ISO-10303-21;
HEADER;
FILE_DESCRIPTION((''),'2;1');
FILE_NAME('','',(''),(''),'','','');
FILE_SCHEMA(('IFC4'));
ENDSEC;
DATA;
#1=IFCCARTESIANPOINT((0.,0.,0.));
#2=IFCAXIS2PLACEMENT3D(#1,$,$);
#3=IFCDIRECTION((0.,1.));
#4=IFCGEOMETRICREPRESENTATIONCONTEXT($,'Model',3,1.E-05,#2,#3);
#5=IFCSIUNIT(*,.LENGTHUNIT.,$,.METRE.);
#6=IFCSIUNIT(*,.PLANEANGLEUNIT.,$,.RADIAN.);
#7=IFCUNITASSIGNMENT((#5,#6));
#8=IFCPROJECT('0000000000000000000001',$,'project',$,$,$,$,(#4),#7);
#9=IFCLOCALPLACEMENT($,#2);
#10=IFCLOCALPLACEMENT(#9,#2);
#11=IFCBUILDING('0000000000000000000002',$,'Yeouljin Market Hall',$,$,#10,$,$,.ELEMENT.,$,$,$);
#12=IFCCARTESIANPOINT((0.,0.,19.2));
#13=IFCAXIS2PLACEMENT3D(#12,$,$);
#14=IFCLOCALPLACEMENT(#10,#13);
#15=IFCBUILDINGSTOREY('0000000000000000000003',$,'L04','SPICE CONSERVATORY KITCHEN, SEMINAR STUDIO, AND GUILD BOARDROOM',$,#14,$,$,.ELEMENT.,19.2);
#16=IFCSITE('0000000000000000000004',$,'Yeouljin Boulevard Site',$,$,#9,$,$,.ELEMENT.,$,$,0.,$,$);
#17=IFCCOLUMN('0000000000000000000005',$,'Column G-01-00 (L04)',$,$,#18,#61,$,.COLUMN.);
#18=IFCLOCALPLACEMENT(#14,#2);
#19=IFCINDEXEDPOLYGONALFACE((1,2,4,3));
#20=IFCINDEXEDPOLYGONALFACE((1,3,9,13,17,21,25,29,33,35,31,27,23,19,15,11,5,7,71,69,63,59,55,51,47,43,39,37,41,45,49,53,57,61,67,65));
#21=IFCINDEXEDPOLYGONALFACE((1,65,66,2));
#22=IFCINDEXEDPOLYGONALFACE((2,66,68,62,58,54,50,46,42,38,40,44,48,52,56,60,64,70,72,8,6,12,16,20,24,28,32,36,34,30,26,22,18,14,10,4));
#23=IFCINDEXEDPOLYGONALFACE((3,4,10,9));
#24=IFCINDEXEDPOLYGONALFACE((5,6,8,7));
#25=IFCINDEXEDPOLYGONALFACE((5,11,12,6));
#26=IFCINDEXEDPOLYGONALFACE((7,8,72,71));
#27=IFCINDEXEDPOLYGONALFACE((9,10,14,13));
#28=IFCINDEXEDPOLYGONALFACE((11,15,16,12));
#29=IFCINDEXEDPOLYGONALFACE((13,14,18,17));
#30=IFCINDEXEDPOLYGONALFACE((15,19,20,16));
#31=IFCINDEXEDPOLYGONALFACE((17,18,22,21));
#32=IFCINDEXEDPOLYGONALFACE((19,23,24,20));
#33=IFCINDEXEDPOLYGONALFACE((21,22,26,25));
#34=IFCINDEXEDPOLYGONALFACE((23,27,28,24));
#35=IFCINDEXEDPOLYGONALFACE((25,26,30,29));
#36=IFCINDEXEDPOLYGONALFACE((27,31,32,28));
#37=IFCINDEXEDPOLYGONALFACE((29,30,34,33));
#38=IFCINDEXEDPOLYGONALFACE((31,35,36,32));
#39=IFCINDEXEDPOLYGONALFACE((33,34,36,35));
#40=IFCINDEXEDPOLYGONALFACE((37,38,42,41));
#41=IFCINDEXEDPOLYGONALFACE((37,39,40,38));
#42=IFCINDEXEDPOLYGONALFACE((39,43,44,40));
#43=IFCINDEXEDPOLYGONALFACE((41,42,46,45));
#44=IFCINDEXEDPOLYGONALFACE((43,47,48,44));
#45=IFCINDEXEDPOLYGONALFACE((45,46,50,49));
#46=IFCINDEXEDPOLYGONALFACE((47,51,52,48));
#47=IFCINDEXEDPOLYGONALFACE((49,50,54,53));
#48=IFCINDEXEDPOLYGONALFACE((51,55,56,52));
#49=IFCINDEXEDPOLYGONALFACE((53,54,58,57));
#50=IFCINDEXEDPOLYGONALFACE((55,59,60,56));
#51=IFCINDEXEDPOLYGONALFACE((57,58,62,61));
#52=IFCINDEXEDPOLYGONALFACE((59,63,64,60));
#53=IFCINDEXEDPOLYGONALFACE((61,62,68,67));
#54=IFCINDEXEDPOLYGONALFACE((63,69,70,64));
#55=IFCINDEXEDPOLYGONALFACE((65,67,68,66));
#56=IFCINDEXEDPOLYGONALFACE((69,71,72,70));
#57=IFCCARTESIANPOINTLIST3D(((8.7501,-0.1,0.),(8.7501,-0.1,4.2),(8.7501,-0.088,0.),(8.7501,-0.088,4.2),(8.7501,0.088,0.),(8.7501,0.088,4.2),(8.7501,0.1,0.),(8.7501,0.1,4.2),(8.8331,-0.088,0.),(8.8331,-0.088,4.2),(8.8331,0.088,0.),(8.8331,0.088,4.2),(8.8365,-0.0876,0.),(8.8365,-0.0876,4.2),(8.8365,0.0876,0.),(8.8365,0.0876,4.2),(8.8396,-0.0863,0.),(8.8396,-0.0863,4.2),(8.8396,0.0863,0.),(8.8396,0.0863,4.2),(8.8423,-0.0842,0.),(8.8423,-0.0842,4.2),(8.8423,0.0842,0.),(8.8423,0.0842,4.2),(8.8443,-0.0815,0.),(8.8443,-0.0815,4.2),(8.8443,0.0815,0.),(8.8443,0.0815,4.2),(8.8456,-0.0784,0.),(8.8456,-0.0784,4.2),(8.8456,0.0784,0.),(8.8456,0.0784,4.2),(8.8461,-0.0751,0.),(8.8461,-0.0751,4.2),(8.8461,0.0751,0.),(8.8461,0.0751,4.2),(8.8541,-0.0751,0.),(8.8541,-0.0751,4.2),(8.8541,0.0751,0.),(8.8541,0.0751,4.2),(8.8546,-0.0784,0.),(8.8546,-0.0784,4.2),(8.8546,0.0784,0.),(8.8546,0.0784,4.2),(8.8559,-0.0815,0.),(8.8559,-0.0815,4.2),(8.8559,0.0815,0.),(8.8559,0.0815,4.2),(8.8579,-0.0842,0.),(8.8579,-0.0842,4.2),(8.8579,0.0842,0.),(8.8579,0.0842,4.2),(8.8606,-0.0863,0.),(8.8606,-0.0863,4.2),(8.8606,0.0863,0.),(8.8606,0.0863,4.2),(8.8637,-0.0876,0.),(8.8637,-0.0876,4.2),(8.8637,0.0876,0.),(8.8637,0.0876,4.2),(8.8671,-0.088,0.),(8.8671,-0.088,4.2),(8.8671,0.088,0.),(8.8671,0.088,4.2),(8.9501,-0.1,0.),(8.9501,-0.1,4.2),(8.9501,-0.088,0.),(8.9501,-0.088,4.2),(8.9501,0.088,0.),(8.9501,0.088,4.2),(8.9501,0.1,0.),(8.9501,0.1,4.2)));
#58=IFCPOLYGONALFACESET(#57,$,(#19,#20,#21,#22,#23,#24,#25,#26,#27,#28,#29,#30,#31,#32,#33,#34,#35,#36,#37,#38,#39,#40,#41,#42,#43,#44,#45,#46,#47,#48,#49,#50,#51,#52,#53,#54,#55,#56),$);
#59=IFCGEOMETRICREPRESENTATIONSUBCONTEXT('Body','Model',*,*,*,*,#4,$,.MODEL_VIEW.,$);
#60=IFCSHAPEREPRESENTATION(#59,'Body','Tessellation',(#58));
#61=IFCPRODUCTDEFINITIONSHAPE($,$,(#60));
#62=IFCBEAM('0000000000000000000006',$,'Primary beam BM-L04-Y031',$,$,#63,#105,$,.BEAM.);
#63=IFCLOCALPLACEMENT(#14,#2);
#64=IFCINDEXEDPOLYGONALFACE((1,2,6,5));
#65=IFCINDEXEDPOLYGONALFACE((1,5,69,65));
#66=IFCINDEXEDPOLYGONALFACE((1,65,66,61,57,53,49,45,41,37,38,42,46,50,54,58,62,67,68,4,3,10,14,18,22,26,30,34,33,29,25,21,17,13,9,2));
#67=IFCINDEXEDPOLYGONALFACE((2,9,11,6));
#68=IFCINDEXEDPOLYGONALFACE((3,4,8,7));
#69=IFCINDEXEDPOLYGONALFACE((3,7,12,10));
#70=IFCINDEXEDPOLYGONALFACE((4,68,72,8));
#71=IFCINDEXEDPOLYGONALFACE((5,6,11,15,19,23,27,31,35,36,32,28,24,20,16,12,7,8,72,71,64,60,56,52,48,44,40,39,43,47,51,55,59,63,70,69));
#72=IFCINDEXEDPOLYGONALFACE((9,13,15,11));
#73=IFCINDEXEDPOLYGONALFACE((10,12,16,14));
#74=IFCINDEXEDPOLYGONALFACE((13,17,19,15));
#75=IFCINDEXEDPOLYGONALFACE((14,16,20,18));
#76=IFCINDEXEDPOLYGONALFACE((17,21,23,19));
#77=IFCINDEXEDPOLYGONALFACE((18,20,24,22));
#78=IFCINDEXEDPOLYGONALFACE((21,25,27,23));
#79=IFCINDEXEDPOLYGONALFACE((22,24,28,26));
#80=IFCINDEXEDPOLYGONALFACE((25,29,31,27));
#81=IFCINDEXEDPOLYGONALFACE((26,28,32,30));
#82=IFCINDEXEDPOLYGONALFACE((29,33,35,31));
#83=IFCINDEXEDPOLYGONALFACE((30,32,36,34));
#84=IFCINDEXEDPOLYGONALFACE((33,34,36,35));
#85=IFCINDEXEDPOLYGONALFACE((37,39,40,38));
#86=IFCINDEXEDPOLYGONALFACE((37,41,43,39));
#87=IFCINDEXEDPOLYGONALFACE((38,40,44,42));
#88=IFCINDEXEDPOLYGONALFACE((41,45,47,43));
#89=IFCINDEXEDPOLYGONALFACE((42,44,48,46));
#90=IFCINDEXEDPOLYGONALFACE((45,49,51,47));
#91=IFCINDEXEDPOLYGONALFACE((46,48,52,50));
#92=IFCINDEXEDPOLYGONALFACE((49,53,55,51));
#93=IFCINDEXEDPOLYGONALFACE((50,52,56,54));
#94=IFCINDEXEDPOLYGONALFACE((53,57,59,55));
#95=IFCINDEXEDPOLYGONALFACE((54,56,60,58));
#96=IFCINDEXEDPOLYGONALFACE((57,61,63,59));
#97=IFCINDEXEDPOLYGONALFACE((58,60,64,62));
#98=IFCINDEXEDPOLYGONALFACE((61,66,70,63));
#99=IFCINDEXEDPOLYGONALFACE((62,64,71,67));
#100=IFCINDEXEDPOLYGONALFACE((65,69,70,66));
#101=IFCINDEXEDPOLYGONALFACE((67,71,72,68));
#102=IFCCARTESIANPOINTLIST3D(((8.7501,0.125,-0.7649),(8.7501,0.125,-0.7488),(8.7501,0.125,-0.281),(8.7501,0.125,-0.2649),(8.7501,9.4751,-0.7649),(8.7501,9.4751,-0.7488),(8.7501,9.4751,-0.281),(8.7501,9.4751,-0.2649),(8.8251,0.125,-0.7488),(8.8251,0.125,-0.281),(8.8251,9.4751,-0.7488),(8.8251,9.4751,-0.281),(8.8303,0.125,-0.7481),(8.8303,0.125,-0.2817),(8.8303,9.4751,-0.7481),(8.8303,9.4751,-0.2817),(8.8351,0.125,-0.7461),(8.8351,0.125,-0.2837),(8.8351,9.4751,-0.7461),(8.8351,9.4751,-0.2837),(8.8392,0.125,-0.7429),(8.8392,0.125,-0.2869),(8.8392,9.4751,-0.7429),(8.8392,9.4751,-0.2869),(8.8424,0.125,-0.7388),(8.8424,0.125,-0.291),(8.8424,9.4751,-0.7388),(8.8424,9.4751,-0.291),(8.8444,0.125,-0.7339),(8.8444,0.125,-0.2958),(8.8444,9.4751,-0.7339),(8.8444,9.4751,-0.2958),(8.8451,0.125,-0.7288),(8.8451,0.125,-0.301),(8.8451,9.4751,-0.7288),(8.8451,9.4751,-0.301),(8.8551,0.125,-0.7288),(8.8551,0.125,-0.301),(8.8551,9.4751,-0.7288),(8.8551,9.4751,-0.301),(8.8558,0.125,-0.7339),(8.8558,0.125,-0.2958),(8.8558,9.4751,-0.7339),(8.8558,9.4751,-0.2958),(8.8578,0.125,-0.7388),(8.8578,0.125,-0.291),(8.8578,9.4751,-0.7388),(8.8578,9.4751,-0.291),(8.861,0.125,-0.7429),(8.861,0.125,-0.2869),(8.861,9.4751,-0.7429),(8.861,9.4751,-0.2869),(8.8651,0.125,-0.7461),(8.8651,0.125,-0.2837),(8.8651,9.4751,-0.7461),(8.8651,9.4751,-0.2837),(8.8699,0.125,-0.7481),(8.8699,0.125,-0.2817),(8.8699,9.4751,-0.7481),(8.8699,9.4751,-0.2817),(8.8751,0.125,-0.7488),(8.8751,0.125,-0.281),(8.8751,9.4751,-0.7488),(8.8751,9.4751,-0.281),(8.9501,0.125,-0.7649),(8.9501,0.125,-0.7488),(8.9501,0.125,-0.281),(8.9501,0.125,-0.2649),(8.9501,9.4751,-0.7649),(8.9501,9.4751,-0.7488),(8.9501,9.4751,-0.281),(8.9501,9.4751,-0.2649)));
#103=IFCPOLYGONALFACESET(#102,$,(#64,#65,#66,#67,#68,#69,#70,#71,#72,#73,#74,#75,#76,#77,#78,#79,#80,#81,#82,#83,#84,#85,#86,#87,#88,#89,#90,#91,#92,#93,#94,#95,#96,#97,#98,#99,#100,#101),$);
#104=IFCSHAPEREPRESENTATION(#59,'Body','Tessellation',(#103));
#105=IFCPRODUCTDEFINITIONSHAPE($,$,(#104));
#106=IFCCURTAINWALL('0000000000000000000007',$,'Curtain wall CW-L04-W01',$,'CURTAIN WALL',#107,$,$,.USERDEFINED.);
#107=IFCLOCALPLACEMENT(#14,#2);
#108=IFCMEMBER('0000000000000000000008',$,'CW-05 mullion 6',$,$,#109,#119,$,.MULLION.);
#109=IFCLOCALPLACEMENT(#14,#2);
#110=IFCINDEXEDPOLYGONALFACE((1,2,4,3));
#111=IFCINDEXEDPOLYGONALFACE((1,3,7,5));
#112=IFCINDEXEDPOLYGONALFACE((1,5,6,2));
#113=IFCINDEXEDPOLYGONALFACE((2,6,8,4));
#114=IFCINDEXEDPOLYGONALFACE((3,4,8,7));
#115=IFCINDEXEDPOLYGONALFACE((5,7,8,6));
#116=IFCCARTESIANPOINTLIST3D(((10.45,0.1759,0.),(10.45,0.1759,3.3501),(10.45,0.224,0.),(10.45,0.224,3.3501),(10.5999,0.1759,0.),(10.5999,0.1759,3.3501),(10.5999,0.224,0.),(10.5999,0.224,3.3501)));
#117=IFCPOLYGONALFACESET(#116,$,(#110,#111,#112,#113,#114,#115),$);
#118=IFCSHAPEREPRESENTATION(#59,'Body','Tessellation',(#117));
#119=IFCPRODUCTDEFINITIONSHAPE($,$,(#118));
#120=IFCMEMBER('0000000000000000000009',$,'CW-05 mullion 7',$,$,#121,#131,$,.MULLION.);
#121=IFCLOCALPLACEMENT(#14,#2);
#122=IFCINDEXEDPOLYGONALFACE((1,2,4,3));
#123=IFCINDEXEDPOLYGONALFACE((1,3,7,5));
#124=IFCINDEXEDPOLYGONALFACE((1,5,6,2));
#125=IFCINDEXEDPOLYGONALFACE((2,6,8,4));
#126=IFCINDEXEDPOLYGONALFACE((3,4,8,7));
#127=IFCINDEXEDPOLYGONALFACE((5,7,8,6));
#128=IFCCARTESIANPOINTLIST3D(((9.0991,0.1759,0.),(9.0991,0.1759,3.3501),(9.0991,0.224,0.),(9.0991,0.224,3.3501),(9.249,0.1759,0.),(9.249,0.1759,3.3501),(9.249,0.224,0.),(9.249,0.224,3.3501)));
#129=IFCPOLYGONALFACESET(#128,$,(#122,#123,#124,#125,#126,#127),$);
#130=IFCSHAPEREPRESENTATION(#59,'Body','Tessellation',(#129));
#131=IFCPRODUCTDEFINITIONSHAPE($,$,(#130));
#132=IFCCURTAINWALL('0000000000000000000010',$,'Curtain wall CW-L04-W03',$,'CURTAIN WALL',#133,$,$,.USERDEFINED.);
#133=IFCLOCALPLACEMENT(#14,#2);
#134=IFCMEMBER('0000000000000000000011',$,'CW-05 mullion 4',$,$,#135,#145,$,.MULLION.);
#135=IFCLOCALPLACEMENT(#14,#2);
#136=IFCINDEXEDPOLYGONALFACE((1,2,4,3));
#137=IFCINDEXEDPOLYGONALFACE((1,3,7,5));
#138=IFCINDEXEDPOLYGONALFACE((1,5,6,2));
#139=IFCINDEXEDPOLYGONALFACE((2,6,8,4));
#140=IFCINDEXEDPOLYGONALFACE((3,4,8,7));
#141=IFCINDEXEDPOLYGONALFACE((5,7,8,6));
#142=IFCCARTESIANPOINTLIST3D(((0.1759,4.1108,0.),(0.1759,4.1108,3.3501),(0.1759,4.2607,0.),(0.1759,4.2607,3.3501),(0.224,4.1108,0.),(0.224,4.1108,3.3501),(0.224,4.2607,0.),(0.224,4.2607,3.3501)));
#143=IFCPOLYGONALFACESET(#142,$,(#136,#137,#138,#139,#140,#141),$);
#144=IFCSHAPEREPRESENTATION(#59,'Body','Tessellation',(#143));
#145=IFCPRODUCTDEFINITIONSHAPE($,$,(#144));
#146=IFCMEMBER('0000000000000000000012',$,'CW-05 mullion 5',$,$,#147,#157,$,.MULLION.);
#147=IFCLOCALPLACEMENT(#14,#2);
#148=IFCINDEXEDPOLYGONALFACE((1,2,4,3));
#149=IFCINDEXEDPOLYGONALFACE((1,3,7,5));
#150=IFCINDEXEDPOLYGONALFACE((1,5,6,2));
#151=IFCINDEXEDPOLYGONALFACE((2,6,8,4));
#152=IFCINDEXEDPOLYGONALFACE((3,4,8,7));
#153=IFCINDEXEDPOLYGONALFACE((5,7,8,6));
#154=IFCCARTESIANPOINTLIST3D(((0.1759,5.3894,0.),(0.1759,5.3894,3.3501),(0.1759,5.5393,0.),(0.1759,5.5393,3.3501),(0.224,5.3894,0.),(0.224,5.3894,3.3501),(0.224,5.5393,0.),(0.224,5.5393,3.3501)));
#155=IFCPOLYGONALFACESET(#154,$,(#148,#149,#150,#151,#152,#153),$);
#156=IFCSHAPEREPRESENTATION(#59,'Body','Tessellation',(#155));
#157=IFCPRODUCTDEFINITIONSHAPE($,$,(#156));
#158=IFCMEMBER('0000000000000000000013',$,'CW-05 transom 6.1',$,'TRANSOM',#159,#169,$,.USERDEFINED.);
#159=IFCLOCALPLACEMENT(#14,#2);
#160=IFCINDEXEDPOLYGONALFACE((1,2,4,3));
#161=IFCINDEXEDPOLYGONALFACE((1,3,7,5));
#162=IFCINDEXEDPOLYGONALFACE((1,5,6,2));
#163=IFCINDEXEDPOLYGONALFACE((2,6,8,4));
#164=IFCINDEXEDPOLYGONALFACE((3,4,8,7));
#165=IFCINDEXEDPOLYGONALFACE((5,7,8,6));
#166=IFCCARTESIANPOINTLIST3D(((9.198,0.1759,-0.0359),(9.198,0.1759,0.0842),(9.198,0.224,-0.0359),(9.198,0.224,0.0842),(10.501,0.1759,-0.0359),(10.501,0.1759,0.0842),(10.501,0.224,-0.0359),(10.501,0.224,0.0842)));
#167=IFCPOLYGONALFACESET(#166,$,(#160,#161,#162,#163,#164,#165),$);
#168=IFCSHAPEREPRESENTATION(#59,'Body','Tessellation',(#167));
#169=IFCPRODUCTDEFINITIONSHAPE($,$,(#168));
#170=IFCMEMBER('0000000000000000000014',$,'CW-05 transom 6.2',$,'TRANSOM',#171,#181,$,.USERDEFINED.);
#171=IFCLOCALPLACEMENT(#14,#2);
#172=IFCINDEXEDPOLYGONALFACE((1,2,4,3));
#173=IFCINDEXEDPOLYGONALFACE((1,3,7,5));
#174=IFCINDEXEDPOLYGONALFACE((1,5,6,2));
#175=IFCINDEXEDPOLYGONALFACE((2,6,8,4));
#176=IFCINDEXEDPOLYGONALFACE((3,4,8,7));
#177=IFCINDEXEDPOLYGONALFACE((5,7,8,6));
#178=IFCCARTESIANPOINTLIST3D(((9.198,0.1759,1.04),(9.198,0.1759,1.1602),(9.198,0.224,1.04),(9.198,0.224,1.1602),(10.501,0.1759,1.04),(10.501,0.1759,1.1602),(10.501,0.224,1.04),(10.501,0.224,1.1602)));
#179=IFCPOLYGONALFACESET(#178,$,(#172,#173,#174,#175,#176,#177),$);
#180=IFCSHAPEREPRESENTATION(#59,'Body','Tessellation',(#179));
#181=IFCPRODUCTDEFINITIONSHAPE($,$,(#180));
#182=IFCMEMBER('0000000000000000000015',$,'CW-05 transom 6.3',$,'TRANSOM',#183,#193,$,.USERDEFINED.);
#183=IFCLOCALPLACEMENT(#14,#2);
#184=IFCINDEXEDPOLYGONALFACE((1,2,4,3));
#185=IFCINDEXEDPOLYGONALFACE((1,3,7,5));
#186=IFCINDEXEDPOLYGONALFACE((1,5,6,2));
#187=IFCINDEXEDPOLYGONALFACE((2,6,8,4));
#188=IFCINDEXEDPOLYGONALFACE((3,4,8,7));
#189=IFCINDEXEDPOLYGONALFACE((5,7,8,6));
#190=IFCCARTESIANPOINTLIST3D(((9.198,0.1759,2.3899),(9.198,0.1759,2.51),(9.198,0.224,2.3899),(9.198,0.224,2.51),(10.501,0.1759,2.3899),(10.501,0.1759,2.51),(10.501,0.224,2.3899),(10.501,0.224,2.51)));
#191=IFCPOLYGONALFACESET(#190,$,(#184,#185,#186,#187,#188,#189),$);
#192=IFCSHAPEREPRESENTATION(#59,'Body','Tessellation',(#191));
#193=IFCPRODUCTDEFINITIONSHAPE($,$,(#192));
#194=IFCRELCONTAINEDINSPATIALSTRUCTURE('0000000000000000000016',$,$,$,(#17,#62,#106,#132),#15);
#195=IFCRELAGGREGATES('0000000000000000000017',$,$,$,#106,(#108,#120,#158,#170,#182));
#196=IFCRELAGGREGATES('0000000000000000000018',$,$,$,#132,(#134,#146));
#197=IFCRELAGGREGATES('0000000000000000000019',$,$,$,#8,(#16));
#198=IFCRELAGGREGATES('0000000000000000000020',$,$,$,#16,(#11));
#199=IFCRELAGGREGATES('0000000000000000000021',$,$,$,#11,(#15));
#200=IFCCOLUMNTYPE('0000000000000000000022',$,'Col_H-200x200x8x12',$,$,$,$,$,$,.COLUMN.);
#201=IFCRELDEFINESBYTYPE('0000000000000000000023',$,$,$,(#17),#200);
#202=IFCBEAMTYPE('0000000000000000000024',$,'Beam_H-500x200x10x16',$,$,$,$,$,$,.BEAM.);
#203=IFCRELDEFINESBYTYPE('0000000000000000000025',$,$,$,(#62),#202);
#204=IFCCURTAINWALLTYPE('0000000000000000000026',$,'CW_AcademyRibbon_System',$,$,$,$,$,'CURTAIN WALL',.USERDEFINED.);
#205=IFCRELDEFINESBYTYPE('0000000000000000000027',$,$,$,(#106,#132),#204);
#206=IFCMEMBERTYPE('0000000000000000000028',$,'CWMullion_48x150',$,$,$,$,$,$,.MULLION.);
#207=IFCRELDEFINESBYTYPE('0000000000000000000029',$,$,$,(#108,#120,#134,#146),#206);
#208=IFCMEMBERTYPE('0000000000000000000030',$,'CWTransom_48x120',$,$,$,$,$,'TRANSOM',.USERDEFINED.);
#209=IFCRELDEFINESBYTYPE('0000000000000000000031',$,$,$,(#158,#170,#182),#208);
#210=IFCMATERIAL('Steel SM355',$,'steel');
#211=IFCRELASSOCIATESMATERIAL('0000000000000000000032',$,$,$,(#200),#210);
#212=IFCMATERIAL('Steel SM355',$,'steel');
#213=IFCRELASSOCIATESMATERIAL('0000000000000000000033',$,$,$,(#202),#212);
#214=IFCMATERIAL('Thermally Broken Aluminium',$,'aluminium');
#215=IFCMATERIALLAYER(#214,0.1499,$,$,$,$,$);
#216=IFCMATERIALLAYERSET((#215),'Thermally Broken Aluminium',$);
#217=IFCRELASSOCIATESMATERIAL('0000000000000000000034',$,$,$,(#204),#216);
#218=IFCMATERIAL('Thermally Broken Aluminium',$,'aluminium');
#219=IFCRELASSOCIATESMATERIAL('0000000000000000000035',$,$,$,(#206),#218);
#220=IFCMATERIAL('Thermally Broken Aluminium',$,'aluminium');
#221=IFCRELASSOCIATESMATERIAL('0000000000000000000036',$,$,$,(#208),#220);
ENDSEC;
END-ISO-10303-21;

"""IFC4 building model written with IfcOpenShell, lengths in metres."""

from ifc_helpers import new_model, si_unit, direction, frame, origin, origin_2d, place, context, subcontext, project, spatial, rectangle, i_section, extrude, material, layer, layer_set, material_profile, profile_set, type_object, element, aggregate, save


model = new_model("IFC4")

# Units and contexts
model_context = context("Model", 3, precision=1e-05, world=origin(), true_north=direction((0.0, 1.0)))
body_context = subcontext(model_context, "Body", "Model", "MODEL_VIEW")
ifc_project = project(units=[si_unit("LENGTHUNIT", "METRE"), si_unit("PLANEANGLEUNIT", "RADIAN")], contexts=[model_context])

# Site, building, storey
site_placement = place(None, origin())
site = spatial("IfcSite", under=ifc_project, at=site_placement, Name="Yeouljin Boulevard Site", CompositionType="ELEMENT", RefElevation=0.0)
building_placement = place(site_placement, origin())
building = spatial("IfcBuilding", under=site, at=building_placement, Name="Yeouljin Market Hall", CompositionType="ELEMENT")
storey_placement = place(building_placement, frame((0.0, 0.0, 19.2)))
storey = spatial("IfcBuildingStorey", under=building, at=storey_placement, Name="L04", Description="SPICE CONSERVATORY KITCHEN, SEMINAR STUDIO, AND GUILD BOARDROOM", CompositionType="ELEMENT", Elevation=19.2)

# Column
ifc_material_1 = material(Name="Steel SM355", Category="steel")
ifc_material_profile_1 = material_profile(ifc_material_1, i_section(OverallWidth=0.2, OverallDepth=0.2, WebThickness=0.0081, FlangeThickness=0.012, FilletRadius=0.0129, at=origin_2d()), Name="H-200x200x8x12")
ifc_profile_set_1 = profile_set([ifc_material_profile_1], Name="Steel SM355")
column_type = type_object("IfcColumnType", Name="Col_H-200x200x8x12", PredefinedType="COLUMN", material=ifc_profile_set_1)
column_placement = place(storey_placement, frame((8.8501, 0.0, 0.0), z_axis=(0.0, 0.0, 1.0), x_axis=(1.0, 0.0, 0.0)))
element("IfcColumn", 1, at=column_placement, inside=storey, type_object=column_type, Name="Column G-01-00 (L04)", PredefinedType="COLUMN", context=body_context, shape_type="SweptSolid", body=[
    extrude(i_section(OverallWidth=0.2, OverallDepth=0.2, WebThickness=0.0081, FlangeThickness=0.012, FilletRadius=0.0129, at=origin_2d()), origin(), (0.0, 0.0, 1.0), 4.2),
])

# Beam
ifc_material_2 = material(Name="Steel SM355", Category="steel")
ifc_material_profile_2 = material_profile(ifc_material_2, i_section(OverallWidth=0.2, OverallDepth=0.5, WebThickness=0.01, FlangeThickness=0.0161, FilletRadius=0.02, at=origin_2d()), Name="H-500x200x10x16")
ifc_profile_set_2 = profile_set([ifc_material_profile_2], Name="Steel SM355")
beam_type_1 = type_object("IfcBeamType", Name="Beam_H-500x200x10x16", PredefinedType="BEAM", material=ifc_profile_set_2)
beam_1_placement = place(storey_placement, frame((8.8501, 0.125, -0.5149), z_axis=(0.0, 1.0, 0.0), x_axis=(-1.0, 0.0, 0.0)))
element("IfcBeam", 2, at=beam_1_placement, inside=storey, type_object=beam_type_1, Name="Primary beam BM-L04-Y031", PredefinedType="BEAM", context=body_context, shape_type="SweptSolid", body=[
    extrude(i_section(OverallWidth=0.2, OverallDepth=0.5, WebThickness=0.01, FlangeThickness=0.0161, FilletRadius=0.02, at=origin_2d()), origin(), (0.0, 0.0, 1.0), 9.3501),
])

# Curtain walls, members
ifc_material_3 = material(Name="Thermally Broken Aluminium", Category="aluminium")
ifc_layer_1 = layer(ifc_material_3, 0.1499)
ifc_layer_set_1 = layer_set([ifc_layer_1], Name="Thermally Broken Aluminium")
curtain_wall_type = type_object("IfcCurtainWallType", Name="CW_AcademyRibbon_System", ElementType="CURTAIN WALL", PredefinedType="USERDEFINED", material=ifc_layer_set_1)
curtain_wall_1_placement = place(storey_placement, origin())
curtain_wall_1 = element("IfcCurtainWall", 3, at=curtain_wall_1_placement, inside=storey, type_object=curtain_wall_type, Name="Curtain wall CW-L04-W01", ObjectType="CURTAIN WALL", PredefinedType="USERDEFINED")
ifc_material_4 = material(Name="Thermally Broken Aluminium", Category="aluminium")
ifc_material_profile_3 = material_profile(ifc_material_4, rectangle(XDim=0.0481, YDim=0.1499, at=origin_2d()), Name="CW-MULL-48x150")
ifc_profile_set_3 = profile_set([ifc_material_profile_3], Name="Thermally Broken Aluminium")
member_type_1 = type_object("IfcMemberType", Name="CWMullion_48x150", PredefinedType="MULLION", material=ifc_profile_set_3)
member_1_placement = place(storey_placement, frame((10.5249, 0.2, 0.0), z_axis=(0.0, 0.0, 1.0), x_axis=(0.0, -1.0, 0.0)))
member_1 = element("IfcMember", 4, at=member_1_placement, type_object=member_type_1, Name="CW-05 mullion 6", PredefinedType="MULLION", context=body_context, shape_type="SweptSolid", body=[
    extrude(rectangle(XDim=0.0481, YDim=0.1499, at=origin_2d()), origin(), (0.0, 0.0, 1.0), 3.3501),
])
member_2_placement = place(storey_placement, frame((9.1741, 0.2, 0.0), z_axis=(0.0, 0.0, 1.0), x_axis=(0.0, -1.0, 0.0)))
member_2 = element("IfcMember", 5, at=member_2_placement, type_object=member_type_1, Name="CW-05 mullion 7", PredefinedType="MULLION", context=body_context, shape_type="SweptSolid", body=[
    extrude(rectangle(XDim=0.0481, YDim=0.1499, at=origin_2d()), origin(), (0.0, 0.0, 1.0), 3.3501),
])
curtain_wall_2_placement = place(storey_placement, origin())
curtain_wall_2 = element("IfcCurtainWall", 6, at=curtain_wall_2_placement, inside=storey, type_object=curtain_wall_type, Name="Curtain wall CW-L04-W03", ObjectType="CURTAIN WALL", PredefinedType="USERDEFINED")
member_3_placement = place(storey_placement, frame((0.2, 4.1858, 0.0), z_axis=(0.0, 0.0, 1.0), x_axis=(-1.0, 0.0, 0.0)))
member_3 = element("IfcMember", 7, at=member_3_placement, type_object=member_type_1, Name="CW-05 mullion 4", PredefinedType="MULLION", context=body_context, shape_type="SweptSolid", body=[
    extrude(rectangle(XDim=0.0481, YDim=0.1499, at=origin_2d()), origin(), (0.0, 0.0, 1.0), 3.3501),
])
member_4_placement = place(storey_placement, frame((0.2, 5.4644, 0.0), z_axis=(0.0, 0.0, 1.0), x_axis=(-1.0, 0.0, 0.0)))
member_4 = element("IfcMember", 8, at=member_4_placement, type_object=member_type_1, Name="CW-05 mullion 5", PredefinedType="MULLION", context=body_context, shape_type="SweptSolid", body=[
    extrude(rectangle(XDim=0.0481, YDim=0.1499, at=origin_2d()), origin(), (0.0, 0.0, 1.0), 3.3501),
])

# Members
ifc_material_5 = material(Name="Thermally Broken Aluminium", Category="aluminium")
ifc_material_profile_4 = material_profile(ifc_material_5, rectangle(XDim=0.0481, YDim=0.1201, at=origin_2d()), Name="CW-TRAN-48x120")
ifc_profile_set_4 = profile_set([ifc_material_profile_4], Name="Thermally Broken Aluminium")
member_type_2 = type_object("IfcMemberType", Name="CWTransom_48x120", ElementType="TRANSOM", PredefinedType="USERDEFINED", material=ifc_profile_set_4)
member_5_placement = place(storey_placement, frame((10.501, 0.2, 0.0242), z_axis=(-1.0, 0.0, 0.0), x_axis=(0.0, -1.0, 0.0)))
member_5 = element("IfcMember", 9, at=member_5_placement, type_object=member_type_2, Name="CW-05 transom 6.1", ObjectType="TRANSOM", PredefinedType="USERDEFINED", context=body_context, shape_type="SweptSolid", body=[
    extrude(rectangle(XDim=0.0481, YDim=0.1201, at=origin_2d()), origin(), (0.0, 0.0, 1.0), 1.303),
])
member_6_placement = place(storey_placement, frame((10.501, 0.2, 1.1001), z_axis=(-1.0, 0.0, 0.0), x_axis=(0.0, -1.0, 0.0)))
member_6 = element("IfcMember", 10, at=member_6_placement, type_object=member_type_2, Name="CW-05 transom 6.2", ObjectType="TRANSOM", PredefinedType="USERDEFINED", context=body_context, shape_type="SweptSolid", body=[
    extrude(rectangle(XDim=0.0481, YDim=0.1201, at=origin_2d()), origin(), (0.0, 0.0, 1.0), 1.303),
])
member_7_placement = place(storey_placement, frame((10.501, 0.2, 2.45), z_axis=(-1.0, 0.0, 0.0), x_axis=(0.0, -1.0, 0.0)))
member_7 = element("IfcMember", 11, at=member_7_placement, type_object=member_type_2, Name="CW-05 transom 6.3", ObjectType="TRANSOM", PredefinedType="USERDEFINED", context=body_context, shape_type="SweptSolid", body=[
    extrude(rectangle(XDim=0.0481, YDim=0.1201, at=origin_2d()), origin(), (0.0, 0.0, 1.0), 1.303),
])

aggregate(curtain_wall_1, [member_1, member_2, member_5, member_6, member_7])
aggregate(curtain_wall_2, [member_3, member_4])

save(model, "model.ifc")
